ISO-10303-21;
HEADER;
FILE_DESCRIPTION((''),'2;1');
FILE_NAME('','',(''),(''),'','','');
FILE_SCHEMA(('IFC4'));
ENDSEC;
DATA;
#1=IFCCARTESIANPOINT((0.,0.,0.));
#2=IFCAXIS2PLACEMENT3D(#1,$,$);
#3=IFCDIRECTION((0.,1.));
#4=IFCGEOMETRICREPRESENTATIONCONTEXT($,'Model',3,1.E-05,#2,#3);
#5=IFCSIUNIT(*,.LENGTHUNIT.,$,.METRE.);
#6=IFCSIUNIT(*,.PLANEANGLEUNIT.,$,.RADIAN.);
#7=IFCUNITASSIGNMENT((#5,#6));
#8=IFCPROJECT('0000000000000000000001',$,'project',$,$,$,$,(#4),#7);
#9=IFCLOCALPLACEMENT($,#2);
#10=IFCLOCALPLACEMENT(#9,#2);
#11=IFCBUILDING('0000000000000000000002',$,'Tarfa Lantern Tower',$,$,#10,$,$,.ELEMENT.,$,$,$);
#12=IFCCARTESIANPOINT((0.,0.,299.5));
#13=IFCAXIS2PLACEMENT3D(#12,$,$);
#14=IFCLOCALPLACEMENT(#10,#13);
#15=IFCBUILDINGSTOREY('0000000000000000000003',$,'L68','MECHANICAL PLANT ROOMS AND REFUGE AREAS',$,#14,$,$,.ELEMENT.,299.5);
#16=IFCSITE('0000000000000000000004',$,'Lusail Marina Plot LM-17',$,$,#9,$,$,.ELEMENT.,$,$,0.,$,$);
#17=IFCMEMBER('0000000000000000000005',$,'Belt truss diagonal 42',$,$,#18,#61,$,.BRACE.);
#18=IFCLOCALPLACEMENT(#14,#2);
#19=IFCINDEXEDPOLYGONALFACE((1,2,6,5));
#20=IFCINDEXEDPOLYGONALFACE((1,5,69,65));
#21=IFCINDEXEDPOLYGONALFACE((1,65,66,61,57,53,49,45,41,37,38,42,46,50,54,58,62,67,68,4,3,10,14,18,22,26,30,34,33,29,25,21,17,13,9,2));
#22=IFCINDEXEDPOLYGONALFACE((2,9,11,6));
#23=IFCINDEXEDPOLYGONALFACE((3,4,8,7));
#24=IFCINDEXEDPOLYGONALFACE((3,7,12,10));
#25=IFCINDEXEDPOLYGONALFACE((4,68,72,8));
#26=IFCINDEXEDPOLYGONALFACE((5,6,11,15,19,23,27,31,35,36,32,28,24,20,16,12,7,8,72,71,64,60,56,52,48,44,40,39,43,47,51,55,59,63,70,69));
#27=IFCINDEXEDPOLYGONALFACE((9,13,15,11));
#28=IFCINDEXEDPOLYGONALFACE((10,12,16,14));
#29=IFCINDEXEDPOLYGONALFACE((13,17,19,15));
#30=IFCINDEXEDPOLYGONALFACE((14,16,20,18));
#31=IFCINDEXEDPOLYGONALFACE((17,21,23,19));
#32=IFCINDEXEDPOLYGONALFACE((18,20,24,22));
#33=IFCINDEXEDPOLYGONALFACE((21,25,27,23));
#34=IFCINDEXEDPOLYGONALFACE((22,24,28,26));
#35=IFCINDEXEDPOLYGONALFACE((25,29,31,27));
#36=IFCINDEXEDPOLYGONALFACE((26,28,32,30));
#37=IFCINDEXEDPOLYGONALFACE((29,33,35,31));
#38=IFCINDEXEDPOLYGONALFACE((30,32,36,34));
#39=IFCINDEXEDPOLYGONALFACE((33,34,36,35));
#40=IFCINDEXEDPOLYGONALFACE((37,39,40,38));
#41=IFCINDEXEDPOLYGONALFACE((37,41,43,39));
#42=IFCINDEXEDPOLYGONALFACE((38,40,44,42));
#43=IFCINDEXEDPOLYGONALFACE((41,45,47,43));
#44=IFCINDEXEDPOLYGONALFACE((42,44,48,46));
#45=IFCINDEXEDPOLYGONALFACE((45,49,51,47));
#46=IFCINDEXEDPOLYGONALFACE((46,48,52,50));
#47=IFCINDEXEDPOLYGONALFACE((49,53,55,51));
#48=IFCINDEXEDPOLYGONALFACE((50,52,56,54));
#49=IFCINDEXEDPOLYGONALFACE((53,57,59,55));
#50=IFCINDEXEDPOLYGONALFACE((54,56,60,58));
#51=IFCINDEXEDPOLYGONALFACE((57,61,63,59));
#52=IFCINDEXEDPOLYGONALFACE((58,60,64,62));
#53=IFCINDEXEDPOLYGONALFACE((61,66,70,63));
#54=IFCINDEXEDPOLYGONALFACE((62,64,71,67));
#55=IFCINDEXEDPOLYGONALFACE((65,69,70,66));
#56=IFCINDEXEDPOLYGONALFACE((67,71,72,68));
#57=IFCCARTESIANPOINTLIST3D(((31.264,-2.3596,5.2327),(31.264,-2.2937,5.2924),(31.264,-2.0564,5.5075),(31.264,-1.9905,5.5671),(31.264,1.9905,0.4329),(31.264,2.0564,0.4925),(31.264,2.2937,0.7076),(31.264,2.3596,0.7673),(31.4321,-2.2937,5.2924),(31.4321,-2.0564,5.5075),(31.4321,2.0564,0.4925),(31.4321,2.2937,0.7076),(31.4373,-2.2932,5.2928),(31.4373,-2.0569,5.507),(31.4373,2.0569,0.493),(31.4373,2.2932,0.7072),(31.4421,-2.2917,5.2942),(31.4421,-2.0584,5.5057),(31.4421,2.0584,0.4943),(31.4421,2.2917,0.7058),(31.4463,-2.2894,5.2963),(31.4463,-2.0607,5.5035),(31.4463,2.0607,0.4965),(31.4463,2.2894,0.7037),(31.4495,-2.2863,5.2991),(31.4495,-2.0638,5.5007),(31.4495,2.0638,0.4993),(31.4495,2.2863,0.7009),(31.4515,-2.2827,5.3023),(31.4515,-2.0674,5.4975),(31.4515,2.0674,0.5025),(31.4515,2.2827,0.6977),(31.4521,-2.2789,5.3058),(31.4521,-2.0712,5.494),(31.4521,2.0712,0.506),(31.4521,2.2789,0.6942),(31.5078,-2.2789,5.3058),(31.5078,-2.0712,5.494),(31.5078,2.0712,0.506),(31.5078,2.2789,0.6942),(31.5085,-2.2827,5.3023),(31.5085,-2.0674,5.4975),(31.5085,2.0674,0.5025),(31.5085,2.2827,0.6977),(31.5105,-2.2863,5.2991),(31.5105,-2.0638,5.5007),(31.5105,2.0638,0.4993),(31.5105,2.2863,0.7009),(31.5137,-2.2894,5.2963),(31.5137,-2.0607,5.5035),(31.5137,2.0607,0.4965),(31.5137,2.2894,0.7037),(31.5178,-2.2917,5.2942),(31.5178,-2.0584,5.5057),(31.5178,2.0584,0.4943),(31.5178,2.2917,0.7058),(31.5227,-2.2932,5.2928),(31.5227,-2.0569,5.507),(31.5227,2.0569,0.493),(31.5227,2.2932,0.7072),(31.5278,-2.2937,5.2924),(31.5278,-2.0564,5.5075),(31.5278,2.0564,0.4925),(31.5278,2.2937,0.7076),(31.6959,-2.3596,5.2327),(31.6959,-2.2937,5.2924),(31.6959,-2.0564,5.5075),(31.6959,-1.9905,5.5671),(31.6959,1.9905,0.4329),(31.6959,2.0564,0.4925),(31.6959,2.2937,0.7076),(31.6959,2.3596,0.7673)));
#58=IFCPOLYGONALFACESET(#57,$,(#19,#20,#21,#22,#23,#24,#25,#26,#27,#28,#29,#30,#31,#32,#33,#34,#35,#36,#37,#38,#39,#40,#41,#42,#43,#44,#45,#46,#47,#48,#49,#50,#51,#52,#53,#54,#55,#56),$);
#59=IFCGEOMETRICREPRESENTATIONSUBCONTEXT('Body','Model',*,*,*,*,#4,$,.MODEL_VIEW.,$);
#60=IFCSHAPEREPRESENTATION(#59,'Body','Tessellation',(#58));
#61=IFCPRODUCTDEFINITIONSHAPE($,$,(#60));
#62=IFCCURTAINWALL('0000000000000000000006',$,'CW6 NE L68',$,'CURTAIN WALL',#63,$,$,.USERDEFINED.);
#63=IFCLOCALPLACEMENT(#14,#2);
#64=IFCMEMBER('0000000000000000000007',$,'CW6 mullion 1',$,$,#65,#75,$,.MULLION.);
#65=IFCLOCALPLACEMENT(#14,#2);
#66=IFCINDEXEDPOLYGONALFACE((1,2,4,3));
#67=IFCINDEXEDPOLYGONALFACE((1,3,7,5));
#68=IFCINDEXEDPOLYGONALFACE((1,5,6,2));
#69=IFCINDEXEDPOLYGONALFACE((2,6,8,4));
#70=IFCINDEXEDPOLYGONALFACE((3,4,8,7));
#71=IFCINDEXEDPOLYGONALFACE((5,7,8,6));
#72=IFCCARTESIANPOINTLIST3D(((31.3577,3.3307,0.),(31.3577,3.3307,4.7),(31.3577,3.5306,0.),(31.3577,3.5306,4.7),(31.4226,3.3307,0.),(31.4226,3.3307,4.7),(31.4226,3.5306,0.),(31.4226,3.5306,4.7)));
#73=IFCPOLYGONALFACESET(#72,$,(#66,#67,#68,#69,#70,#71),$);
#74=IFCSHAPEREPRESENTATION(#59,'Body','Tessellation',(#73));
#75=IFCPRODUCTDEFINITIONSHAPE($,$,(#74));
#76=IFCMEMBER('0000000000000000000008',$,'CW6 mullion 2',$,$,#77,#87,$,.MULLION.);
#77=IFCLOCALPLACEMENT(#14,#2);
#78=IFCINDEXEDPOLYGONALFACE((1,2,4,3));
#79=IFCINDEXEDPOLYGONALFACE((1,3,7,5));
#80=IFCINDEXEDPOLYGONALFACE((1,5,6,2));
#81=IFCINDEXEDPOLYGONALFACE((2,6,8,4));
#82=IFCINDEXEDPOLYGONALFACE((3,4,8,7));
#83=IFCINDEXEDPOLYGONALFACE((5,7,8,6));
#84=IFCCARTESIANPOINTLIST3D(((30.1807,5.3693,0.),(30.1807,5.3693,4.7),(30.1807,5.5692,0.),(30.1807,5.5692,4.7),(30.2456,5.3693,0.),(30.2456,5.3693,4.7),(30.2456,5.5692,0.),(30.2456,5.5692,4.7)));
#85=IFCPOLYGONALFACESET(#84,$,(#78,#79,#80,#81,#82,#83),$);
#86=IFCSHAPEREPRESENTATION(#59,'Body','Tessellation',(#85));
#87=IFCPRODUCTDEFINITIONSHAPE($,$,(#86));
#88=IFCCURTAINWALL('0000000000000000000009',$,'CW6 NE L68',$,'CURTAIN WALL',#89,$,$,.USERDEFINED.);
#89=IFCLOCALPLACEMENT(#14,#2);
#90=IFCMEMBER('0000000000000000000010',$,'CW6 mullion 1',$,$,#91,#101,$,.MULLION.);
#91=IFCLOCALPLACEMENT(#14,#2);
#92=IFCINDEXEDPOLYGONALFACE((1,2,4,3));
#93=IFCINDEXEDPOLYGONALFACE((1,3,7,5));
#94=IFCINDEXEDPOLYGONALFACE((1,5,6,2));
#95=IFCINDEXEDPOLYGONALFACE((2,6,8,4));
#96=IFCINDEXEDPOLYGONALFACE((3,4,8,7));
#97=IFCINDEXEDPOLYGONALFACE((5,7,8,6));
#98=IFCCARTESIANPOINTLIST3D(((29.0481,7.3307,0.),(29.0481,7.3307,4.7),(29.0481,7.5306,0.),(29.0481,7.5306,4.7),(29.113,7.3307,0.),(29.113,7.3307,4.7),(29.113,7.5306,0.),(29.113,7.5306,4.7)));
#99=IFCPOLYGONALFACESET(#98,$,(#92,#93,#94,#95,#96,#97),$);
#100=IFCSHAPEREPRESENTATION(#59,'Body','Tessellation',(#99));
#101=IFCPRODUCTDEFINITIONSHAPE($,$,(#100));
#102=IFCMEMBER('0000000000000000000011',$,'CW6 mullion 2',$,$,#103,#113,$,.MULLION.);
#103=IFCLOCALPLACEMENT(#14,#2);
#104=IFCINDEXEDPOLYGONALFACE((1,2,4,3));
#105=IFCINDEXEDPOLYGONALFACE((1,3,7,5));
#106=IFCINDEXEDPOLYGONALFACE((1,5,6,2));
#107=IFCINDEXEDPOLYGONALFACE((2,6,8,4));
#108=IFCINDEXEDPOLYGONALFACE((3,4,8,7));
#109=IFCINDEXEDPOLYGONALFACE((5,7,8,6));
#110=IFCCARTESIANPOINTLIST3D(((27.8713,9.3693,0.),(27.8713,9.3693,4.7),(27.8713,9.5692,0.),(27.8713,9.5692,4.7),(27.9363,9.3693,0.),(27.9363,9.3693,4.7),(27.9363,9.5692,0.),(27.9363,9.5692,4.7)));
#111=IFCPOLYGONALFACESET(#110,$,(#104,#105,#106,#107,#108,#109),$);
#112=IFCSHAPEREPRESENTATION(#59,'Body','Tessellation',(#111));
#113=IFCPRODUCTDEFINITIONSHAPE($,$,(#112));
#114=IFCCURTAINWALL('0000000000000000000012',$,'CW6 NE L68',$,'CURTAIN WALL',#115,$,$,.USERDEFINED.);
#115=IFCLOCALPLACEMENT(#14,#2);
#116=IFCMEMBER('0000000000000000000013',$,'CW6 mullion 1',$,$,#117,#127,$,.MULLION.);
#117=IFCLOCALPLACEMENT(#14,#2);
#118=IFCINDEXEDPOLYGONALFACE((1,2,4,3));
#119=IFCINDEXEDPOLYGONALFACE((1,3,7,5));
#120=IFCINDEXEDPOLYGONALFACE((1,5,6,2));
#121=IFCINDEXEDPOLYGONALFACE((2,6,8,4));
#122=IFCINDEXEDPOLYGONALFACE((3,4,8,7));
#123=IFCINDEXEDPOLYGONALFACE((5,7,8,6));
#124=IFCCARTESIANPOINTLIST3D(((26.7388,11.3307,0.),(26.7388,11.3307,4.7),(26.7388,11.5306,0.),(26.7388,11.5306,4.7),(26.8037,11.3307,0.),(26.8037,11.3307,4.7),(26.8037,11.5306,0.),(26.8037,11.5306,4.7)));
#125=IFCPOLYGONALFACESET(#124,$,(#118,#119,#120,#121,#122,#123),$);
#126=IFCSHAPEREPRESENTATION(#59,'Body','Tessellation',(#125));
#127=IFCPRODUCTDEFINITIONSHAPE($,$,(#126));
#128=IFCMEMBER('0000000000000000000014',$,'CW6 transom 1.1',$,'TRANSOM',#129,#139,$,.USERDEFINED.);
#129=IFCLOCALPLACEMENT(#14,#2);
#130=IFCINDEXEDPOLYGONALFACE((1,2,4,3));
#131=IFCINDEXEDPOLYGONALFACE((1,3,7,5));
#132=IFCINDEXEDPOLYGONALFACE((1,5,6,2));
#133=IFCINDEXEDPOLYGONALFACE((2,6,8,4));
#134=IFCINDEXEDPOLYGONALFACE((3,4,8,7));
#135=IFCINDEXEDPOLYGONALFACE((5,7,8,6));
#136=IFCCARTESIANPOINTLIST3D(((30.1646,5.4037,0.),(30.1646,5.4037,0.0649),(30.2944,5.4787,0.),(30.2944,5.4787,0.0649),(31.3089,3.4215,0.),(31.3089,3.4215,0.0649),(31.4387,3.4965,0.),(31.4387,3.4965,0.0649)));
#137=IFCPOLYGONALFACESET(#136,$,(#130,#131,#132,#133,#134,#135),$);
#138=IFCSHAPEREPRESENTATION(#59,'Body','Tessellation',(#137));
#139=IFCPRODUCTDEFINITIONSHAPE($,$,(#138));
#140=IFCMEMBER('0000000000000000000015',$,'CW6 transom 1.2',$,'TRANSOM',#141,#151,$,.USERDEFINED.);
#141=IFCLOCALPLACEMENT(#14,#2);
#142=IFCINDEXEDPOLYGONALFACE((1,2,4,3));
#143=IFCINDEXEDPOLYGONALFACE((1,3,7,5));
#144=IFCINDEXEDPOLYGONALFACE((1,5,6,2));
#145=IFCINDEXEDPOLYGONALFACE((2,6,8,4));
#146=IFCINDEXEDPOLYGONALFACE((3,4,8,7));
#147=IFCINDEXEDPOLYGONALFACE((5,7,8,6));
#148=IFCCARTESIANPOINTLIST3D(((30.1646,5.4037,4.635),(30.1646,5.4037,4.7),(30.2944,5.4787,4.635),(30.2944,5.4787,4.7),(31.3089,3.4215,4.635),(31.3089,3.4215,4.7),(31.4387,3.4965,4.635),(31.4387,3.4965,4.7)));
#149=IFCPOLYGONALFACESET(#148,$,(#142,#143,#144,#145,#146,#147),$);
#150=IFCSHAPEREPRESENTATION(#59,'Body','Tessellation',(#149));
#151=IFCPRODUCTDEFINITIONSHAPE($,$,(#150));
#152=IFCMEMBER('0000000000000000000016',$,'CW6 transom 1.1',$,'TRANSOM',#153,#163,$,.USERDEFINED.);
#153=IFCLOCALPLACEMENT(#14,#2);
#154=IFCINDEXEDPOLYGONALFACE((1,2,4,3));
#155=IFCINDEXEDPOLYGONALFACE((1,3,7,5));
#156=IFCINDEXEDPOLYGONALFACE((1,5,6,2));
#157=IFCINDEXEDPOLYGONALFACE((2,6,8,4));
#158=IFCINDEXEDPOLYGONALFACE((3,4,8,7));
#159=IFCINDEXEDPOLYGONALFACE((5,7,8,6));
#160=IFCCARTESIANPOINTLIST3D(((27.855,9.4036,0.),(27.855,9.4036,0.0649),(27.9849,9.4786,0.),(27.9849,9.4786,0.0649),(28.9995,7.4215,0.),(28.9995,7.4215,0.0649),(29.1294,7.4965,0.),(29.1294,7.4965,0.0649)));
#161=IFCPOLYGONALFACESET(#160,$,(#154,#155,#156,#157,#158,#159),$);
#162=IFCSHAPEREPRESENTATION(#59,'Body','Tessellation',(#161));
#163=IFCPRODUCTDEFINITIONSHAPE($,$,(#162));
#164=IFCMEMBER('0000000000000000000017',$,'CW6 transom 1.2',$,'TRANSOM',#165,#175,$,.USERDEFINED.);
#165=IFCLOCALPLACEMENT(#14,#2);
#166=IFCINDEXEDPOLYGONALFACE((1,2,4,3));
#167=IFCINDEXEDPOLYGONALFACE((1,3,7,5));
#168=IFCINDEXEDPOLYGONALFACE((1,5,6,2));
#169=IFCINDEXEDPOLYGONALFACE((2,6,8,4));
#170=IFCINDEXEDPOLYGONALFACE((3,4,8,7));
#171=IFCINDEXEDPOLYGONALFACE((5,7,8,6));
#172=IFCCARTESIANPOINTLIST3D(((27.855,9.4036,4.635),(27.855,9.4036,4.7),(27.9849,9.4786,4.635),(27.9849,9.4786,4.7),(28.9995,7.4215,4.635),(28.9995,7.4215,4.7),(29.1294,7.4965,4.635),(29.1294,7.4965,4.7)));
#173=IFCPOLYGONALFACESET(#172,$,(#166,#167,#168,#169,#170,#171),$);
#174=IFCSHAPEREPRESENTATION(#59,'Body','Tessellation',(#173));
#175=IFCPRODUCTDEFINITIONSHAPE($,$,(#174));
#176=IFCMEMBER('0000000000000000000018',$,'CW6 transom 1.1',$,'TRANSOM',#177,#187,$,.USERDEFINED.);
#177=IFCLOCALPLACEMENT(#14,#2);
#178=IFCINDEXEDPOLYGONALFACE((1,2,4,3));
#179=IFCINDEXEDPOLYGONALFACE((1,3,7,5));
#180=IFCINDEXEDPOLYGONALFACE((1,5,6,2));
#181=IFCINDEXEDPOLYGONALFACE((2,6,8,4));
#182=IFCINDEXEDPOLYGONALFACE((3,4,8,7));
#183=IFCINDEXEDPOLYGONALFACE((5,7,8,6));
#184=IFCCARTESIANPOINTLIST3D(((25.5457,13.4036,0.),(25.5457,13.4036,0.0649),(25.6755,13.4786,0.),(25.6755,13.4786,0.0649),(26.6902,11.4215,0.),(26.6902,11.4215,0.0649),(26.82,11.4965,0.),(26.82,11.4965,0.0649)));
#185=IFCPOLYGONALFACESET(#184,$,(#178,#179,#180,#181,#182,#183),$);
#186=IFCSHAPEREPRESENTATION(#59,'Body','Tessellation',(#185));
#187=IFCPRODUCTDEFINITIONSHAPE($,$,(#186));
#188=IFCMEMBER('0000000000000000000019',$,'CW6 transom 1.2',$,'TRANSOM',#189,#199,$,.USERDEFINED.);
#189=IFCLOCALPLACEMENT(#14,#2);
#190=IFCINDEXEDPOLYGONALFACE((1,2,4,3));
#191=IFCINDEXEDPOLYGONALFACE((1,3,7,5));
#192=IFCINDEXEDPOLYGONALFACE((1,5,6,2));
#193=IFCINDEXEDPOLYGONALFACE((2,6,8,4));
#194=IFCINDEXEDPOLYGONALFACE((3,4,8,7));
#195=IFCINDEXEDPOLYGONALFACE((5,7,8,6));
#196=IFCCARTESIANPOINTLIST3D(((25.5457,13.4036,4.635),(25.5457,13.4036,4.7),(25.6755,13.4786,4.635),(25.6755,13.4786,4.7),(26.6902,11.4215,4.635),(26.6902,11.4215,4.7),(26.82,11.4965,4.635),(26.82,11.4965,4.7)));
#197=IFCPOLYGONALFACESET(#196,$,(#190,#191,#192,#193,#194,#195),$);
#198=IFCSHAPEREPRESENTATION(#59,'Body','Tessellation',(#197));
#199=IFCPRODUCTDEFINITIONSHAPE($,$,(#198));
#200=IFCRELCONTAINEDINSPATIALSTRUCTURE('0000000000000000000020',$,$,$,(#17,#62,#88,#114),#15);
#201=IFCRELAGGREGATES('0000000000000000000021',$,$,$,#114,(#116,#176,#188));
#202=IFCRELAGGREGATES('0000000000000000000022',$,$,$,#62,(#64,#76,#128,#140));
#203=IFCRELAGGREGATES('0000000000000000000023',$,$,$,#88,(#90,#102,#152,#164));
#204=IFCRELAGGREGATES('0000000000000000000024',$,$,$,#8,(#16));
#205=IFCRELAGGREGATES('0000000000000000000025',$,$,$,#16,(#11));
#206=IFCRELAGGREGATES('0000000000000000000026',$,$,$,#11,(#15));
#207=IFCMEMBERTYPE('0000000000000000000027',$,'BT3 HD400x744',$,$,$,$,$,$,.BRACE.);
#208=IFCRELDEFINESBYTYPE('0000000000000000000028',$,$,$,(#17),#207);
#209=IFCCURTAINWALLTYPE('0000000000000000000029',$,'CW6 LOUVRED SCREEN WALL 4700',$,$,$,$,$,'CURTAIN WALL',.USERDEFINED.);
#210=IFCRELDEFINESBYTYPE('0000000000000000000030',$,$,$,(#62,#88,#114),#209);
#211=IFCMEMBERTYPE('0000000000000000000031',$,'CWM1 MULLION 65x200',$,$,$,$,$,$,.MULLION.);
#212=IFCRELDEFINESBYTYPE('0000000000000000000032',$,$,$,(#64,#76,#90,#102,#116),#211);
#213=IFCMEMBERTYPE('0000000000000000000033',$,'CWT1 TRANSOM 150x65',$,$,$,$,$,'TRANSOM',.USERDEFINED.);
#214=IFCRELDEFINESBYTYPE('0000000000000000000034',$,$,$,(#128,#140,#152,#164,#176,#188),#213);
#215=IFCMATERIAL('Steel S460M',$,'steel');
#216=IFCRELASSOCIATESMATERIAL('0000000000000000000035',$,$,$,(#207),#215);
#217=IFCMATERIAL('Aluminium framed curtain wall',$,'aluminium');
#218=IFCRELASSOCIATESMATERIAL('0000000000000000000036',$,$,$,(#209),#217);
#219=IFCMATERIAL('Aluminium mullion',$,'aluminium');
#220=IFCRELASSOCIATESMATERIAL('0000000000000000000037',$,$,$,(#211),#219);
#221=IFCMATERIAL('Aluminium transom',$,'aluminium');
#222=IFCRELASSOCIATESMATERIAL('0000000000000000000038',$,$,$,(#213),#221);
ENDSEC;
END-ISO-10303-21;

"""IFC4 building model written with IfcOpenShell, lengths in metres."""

from ifc_helpers import new_model, si_unit, direction, frame, origin, origin_2d, place, context, subcontext, project, spatial, rectangle, i_section, extrude, material, material_profile, profile_set, type_object, element, aggregate, save


model = new_model("IFC4")

# Units and contexts
model_context = context("Model", 3, precision=1e-05, world=origin(), true_north=direction((0.0, 1.0)))
body_context = subcontext(model_context, "Body", "Model", "MODEL_VIEW")
ifc_project = project(units=[si_unit("LENGTHUNIT", "METRE"), si_unit("PLANEANGLEUNIT", "RADIAN")], contexts=[model_context])

# Site, building, storey
site_placement = place(None, origin())
site = spatial("IfcSite", under=ifc_project, at=site_placement, Name="Lusail Marina Plot LM-17", CompositionType="ELEMENT", RefElevation=0.0)
building_placement = place(site_placement, origin())
building = spatial("IfcBuilding", under=site, at=building_placement, Name="Tarfa Lantern Tower", CompositionType="ELEMENT")
storey_placement = place(building_placement, frame((0.0, 0.0, 299.5)))
storey = spatial("IfcBuildingStorey", under=building, at=storey_placement, Name="L68", Description="MECHANICAL PLANT ROOMS AND REFUGE AREAS", CompositionType="ELEMENT", Elevation=299.5)

# Member
ifc_material_1 = material(Name="Steel S460M", Category="steel")
ifc_material_profile_1 = material_profile(ifc_material_1, i_section(OverallWidth=0.4319, OverallDepth=0.498, WebThickness=0.0557, FlangeThickness=0.0889, FilletRadius=0.02, at=origin_2d()), Name="HD400x744")
ifc_profile_set_1 = profile_set([ifc_material_profile_1], Name="Steel S460M")
member_type_1 = type_object("IfcMemberType", Name="BT3 HD400x744", PredefinedType="BRACE", material=ifc_profile_set_1)
member_1_placement = place(storey_placement, frame((31.48, 2.175, 0.6001), z_axis=(0.0, -0.671543, 0.740966), x_axis=(1.0, 0.0, 0.0)))
element("IfcMember", 1, at=member_1_placement, inside=storey, type_object=member_type_1, Name="Belt truss diagonal 42", PredefinedType="BRACE", context=body_context, shape_type="SweptSolid", body=[
    extrude(i_section(OverallWidth=0.4319, OverallDepth=0.498, WebThickness=0.0557, FlangeThickness=0.0889, FilletRadius=0.02, at=origin_2d()), origin(), (0.0, 0.0, 1.0), 6.4778),
])

# Curtain walls, members
ifc_material_2 = material(Name="Aluminium framed curtain wall", Category="aluminium")
curtain_wall_type = type_object("IfcCurtainWallType", Name="CW6 LOUVRED SCREEN WALL 4700", ElementType="CURTAIN WALL", PredefinedType="USERDEFINED", material=ifc_material_2)
curtain_wall_1_placement = place(storey_placement, origin())
curtain_wall_1 = element("IfcCurtainWall", 2, at=curtain_wall_1_placement, inside=storey, type_object=curtain_wall_type, Name="CW6 NE L68", ObjectType="CURTAIN WALL", PredefinedType="USERDEFINED")
ifc_material_3 = material(Name="Aluminium mullion", Category="aluminium")
ifc_material_profile_2 = material_profile(ifc_material_3, rectangle(XDim=0.0649, YDim=0.2, at=origin_2d()), Name="AL MULLION 65x200")
ifc_profile_set_2 = profile_set([ifc_material_profile_2], Name="Aluminium mullion")
member_type_2 = type_object("IfcMemberType", Name="CWM1 MULLION 65x200", PredefinedType="MULLION", material=ifc_profile_set_2)
member_2_placement = place(storey_placement, frame((31.3901, 3.4307, 0.0), z_axis=(0.0, 0.0, 1.0), x_axis=(1.0, 0.0, 0.0)))
member_2 = element("IfcMember", 3, at=member_2_placement, type_object=member_type_2, Name="CW6 mullion 1", PredefinedType="MULLION", context=body_context, shape_type="SweptSolid", body=[
    extrude(rectangle(XDim=0.0649, YDim=0.2, at=origin_2d()), origin(), (0.0, 0.0, 1.0), 4.7),
])
member_3_placement = place(storey_placement, frame((30.2131, 5.4692, 0.0), z_axis=(0.0, 0.0, 1.0), x_axis=(1.0, 0.0, 0.0)))
member_3 = element("IfcMember", 4, at=member_3_placement, type_object=member_type_2, Name="CW6 mullion 2", PredefinedType="MULLION", context=body_context, shape_type="SweptSolid", body=[
    extrude(rectangle(XDim=0.0649, YDim=0.2, at=origin_2d()), origin(), (0.0, 0.0, 1.0), 4.7),
])
curtain_wall_2_placement = place(storey_placement, origin())
curtain_wall_2 = element("IfcCurtainWall", 5, at=curtain_wall_2_placement, inside=storey, type_object=curtain_wall_type, Name="CW6 NE L68", ObjectType="CURTAIN WALL", PredefinedType="USERDEFINED")
member_4_placement = place(storey_placement, frame((29.0806, 7.4307, 0.0), z_axis=(0.0, 0.0, 1.0), x_axis=(1.0, 0.0, 0.0)))
member_4 = element("IfcMember", 6, at=member_4_placement, type_object=member_type_2, Name="CW6 mullion 1", PredefinedType="MULLION", context=body_context, shape_type="SweptSolid", body=[
    extrude(rectangle(XDim=0.0649, YDim=0.2, at=origin_2d()), origin(), (0.0, 0.0, 1.0), 4.7),
])
member_5_placement = place(storey_placement, frame((27.9038, 9.4692, 0.0), z_axis=(0.0, 0.0, 1.0), x_axis=(1.0, 0.0, 0.0)))
member_5 = element("IfcMember", 7, at=member_5_placement, type_object=member_type_2, Name="CW6 mullion 2", PredefinedType="MULLION", context=body_context, shape_type="SweptSolid", body=[
    extrude(rectangle(XDim=0.0649, YDim=0.2, at=origin_2d()), origin(), (0.0, 0.0, 1.0), 4.7),
])

# Curtain wall, member
curtain_wall_3_placement = place(storey_placement, origin())
curtain_wall_3 = element("IfcCurtainWall", 8, at=curtain_wall_3_placement, inside=storey, type_object=curtain_wall_type, Name="CW6 NE L68", ObjectType="CURTAIN WALL", PredefinedType="USERDEFINED")
member_6_placement = place(storey_placement, frame((26.7712, 11.4307, 0.0), z_axis=(0.0, 0.0, 1.0), x_axis=(1.0, 0.0, 0.0)))
member_6 = element("IfcMember", 9, at=member_6_placement, type_object=member_type_2, Name="CW6 mullion 1", PredefinedType="MULLION", context=body_context, shape_type="SweptSolid", body=[
    extrude(rectangle(XDim=0.0649, YDim=0.2, at=origin_2d()), origin(), (0.0, 0.0, 1.0), 4.7),
])

# Members
ifc_material_4 = material(Name="Aluminium transom", Category="aluminium")
ifc_material_profile_3 = material_profile(ifc_material_4, rectangle(XDim=0.1499, YDim=0.0649, at=origin_2d()), Name="AL TRANSOM 150x65")
ifc_profile_set_3 = profile_set([ifc_material_profile_3], Name="Aluminium transom")
member_type_3 = type_object("IfcMemberType", Name="CWT1 TRANSOM 150x65", ElementType="TRANSOM", PredefinedType="USERDEFINED", material=ifc_profile_set_3)
member_7_placement = place(storey_placement, frame((31.3738, 3.459, 0.0325), z_axis=(-0.499959, 0.866049, 0.0), x_axis=(-0.866049, -0.499959, 0.0)))
member_7 = element("IfcMember", 10, at=member_7_placement, type_object=member_type_3, Name="CW6 transom 1.1", ObjectType="TRANSOM", PredefinedType="USERDEFINED", context=body_context, shape_type="SweptSolid", body=[
    extrude(rectangle(XDim=0.1499, YDim=0.0649, at=origin_2d()), origin(), (0.0, 0.0, 1.0), 2.2888),
])
member_8_placement = place(storey_placement, frame((31.3738, 3.459, 4.6675), z_axis=(-0.499959, 0.866049, 0.0), x_axis=(-0.866049, -0.499959, 0.0)))
member_8 = element("IfcMember", 11, at=member_8_placement, type_object=member_type_3, Name="CW6 transom 1.2", ObjectType="TRANSOM", PredefinedType="USERDEFINED", context=body_context, shape_type="SweptSolid", body=[
    extrude(rectangle(XDim=0.1499, YDim=0.0649, at=origin_2d()), origin(), (0.0, 0.0, 1.0), 2.2888),
])
member_9_placement = place(storey_placement, frame((29.0645, 7.459, 0.0325), z_axis=(-0.500039, 0.866003, 0.0), x_axis=(-0.866003, -0.500039, 0.0)))
member_9 = element("IfcMember", 12, at=member_9_placement, type_object=member_type_3, Name="CW6 transom 1.1", ObjectType="TRANSOM", PredefinedType="USERDEFINED", context=body_context, shape_type="SweptSolid", body=[
    extrude(rectangle(XDim=0.1499, YDim=0.0649, at=origin_2d()), origin(), (0.0, 0.0, 1.0), 2.2888),
])
member_10_placement = place(storey_placement, frame((29.0645, 7.459, 4.6675), z_axis=(-0.500039, 0.866003, 0.0), x_axis=(-0.866003, -0.500039, 0.0)))
member_10 = element("IfcMember", 13, at=member_10_placement, type_object=member_type_3, Name="CW6 transom 1.2", ObjectType="TRANSOM", PredefinedType="USERDEFINED", context=body_context, shape_type="SweptSolid", body=[
    extrude(rectangle(XDim=0.1499, YDim=0.0649, at=origin_2d()), origin(), (0.0, 0.0, 1.0), 2.2888),
])
member_11_placement = place(storey_placement, frame((26.7551, 11.459, 0.0325), z_axis=(-0.500039, 0.866003, 0.0), x_axis=(-0.866003, -0.500039, 0.0)))
member_11 = element("IfcMember", 14, at=member_11_placement, type_object=member_type_3, Name="CW6 transom 1.1", ObjectType="TRANSOM", PredefinedType="USERDEFINED", context=body_context, shape_type="SweptSolid", body=[
    extrude(rectangle(XDim=0.1499, YDim=0.0649, at=origin_2d()), origin(), (0.0, 0.0, 1.0), 2.2888),
])
member_12_placement = place(storey_placement, frame((26.7551, 11.459, 4.6675), z_axis=(-0.500039, 0.866003, 0.0), x_axis=(-0.866003, -0.500039, 0.0)))
member_12 = element("IfcMember", 15, at=member_12_placement, type_object=member_type_3, Name="CW6 transom 1.2", ObjectType="TRANSOM", PredefinedType="USERDEFINED", context=body_context, shape_type="SweptSolid", body=[
    extrude(rectangle(XDim=0.1499, YDim=0.0649, at=origin_2d()), origin(), (0.0, 0.0, 1.0), 2.2888),
])
aggregate(curtain_wall_3, [member_6, member_11, member_12])

aggregate(curtain_wall_1, [member_2, member_3, member_7, member_8])
aggregate(curtain_wall_2, [member_4, member_5, member_9, member_10])

save(model, "model.ifc")
